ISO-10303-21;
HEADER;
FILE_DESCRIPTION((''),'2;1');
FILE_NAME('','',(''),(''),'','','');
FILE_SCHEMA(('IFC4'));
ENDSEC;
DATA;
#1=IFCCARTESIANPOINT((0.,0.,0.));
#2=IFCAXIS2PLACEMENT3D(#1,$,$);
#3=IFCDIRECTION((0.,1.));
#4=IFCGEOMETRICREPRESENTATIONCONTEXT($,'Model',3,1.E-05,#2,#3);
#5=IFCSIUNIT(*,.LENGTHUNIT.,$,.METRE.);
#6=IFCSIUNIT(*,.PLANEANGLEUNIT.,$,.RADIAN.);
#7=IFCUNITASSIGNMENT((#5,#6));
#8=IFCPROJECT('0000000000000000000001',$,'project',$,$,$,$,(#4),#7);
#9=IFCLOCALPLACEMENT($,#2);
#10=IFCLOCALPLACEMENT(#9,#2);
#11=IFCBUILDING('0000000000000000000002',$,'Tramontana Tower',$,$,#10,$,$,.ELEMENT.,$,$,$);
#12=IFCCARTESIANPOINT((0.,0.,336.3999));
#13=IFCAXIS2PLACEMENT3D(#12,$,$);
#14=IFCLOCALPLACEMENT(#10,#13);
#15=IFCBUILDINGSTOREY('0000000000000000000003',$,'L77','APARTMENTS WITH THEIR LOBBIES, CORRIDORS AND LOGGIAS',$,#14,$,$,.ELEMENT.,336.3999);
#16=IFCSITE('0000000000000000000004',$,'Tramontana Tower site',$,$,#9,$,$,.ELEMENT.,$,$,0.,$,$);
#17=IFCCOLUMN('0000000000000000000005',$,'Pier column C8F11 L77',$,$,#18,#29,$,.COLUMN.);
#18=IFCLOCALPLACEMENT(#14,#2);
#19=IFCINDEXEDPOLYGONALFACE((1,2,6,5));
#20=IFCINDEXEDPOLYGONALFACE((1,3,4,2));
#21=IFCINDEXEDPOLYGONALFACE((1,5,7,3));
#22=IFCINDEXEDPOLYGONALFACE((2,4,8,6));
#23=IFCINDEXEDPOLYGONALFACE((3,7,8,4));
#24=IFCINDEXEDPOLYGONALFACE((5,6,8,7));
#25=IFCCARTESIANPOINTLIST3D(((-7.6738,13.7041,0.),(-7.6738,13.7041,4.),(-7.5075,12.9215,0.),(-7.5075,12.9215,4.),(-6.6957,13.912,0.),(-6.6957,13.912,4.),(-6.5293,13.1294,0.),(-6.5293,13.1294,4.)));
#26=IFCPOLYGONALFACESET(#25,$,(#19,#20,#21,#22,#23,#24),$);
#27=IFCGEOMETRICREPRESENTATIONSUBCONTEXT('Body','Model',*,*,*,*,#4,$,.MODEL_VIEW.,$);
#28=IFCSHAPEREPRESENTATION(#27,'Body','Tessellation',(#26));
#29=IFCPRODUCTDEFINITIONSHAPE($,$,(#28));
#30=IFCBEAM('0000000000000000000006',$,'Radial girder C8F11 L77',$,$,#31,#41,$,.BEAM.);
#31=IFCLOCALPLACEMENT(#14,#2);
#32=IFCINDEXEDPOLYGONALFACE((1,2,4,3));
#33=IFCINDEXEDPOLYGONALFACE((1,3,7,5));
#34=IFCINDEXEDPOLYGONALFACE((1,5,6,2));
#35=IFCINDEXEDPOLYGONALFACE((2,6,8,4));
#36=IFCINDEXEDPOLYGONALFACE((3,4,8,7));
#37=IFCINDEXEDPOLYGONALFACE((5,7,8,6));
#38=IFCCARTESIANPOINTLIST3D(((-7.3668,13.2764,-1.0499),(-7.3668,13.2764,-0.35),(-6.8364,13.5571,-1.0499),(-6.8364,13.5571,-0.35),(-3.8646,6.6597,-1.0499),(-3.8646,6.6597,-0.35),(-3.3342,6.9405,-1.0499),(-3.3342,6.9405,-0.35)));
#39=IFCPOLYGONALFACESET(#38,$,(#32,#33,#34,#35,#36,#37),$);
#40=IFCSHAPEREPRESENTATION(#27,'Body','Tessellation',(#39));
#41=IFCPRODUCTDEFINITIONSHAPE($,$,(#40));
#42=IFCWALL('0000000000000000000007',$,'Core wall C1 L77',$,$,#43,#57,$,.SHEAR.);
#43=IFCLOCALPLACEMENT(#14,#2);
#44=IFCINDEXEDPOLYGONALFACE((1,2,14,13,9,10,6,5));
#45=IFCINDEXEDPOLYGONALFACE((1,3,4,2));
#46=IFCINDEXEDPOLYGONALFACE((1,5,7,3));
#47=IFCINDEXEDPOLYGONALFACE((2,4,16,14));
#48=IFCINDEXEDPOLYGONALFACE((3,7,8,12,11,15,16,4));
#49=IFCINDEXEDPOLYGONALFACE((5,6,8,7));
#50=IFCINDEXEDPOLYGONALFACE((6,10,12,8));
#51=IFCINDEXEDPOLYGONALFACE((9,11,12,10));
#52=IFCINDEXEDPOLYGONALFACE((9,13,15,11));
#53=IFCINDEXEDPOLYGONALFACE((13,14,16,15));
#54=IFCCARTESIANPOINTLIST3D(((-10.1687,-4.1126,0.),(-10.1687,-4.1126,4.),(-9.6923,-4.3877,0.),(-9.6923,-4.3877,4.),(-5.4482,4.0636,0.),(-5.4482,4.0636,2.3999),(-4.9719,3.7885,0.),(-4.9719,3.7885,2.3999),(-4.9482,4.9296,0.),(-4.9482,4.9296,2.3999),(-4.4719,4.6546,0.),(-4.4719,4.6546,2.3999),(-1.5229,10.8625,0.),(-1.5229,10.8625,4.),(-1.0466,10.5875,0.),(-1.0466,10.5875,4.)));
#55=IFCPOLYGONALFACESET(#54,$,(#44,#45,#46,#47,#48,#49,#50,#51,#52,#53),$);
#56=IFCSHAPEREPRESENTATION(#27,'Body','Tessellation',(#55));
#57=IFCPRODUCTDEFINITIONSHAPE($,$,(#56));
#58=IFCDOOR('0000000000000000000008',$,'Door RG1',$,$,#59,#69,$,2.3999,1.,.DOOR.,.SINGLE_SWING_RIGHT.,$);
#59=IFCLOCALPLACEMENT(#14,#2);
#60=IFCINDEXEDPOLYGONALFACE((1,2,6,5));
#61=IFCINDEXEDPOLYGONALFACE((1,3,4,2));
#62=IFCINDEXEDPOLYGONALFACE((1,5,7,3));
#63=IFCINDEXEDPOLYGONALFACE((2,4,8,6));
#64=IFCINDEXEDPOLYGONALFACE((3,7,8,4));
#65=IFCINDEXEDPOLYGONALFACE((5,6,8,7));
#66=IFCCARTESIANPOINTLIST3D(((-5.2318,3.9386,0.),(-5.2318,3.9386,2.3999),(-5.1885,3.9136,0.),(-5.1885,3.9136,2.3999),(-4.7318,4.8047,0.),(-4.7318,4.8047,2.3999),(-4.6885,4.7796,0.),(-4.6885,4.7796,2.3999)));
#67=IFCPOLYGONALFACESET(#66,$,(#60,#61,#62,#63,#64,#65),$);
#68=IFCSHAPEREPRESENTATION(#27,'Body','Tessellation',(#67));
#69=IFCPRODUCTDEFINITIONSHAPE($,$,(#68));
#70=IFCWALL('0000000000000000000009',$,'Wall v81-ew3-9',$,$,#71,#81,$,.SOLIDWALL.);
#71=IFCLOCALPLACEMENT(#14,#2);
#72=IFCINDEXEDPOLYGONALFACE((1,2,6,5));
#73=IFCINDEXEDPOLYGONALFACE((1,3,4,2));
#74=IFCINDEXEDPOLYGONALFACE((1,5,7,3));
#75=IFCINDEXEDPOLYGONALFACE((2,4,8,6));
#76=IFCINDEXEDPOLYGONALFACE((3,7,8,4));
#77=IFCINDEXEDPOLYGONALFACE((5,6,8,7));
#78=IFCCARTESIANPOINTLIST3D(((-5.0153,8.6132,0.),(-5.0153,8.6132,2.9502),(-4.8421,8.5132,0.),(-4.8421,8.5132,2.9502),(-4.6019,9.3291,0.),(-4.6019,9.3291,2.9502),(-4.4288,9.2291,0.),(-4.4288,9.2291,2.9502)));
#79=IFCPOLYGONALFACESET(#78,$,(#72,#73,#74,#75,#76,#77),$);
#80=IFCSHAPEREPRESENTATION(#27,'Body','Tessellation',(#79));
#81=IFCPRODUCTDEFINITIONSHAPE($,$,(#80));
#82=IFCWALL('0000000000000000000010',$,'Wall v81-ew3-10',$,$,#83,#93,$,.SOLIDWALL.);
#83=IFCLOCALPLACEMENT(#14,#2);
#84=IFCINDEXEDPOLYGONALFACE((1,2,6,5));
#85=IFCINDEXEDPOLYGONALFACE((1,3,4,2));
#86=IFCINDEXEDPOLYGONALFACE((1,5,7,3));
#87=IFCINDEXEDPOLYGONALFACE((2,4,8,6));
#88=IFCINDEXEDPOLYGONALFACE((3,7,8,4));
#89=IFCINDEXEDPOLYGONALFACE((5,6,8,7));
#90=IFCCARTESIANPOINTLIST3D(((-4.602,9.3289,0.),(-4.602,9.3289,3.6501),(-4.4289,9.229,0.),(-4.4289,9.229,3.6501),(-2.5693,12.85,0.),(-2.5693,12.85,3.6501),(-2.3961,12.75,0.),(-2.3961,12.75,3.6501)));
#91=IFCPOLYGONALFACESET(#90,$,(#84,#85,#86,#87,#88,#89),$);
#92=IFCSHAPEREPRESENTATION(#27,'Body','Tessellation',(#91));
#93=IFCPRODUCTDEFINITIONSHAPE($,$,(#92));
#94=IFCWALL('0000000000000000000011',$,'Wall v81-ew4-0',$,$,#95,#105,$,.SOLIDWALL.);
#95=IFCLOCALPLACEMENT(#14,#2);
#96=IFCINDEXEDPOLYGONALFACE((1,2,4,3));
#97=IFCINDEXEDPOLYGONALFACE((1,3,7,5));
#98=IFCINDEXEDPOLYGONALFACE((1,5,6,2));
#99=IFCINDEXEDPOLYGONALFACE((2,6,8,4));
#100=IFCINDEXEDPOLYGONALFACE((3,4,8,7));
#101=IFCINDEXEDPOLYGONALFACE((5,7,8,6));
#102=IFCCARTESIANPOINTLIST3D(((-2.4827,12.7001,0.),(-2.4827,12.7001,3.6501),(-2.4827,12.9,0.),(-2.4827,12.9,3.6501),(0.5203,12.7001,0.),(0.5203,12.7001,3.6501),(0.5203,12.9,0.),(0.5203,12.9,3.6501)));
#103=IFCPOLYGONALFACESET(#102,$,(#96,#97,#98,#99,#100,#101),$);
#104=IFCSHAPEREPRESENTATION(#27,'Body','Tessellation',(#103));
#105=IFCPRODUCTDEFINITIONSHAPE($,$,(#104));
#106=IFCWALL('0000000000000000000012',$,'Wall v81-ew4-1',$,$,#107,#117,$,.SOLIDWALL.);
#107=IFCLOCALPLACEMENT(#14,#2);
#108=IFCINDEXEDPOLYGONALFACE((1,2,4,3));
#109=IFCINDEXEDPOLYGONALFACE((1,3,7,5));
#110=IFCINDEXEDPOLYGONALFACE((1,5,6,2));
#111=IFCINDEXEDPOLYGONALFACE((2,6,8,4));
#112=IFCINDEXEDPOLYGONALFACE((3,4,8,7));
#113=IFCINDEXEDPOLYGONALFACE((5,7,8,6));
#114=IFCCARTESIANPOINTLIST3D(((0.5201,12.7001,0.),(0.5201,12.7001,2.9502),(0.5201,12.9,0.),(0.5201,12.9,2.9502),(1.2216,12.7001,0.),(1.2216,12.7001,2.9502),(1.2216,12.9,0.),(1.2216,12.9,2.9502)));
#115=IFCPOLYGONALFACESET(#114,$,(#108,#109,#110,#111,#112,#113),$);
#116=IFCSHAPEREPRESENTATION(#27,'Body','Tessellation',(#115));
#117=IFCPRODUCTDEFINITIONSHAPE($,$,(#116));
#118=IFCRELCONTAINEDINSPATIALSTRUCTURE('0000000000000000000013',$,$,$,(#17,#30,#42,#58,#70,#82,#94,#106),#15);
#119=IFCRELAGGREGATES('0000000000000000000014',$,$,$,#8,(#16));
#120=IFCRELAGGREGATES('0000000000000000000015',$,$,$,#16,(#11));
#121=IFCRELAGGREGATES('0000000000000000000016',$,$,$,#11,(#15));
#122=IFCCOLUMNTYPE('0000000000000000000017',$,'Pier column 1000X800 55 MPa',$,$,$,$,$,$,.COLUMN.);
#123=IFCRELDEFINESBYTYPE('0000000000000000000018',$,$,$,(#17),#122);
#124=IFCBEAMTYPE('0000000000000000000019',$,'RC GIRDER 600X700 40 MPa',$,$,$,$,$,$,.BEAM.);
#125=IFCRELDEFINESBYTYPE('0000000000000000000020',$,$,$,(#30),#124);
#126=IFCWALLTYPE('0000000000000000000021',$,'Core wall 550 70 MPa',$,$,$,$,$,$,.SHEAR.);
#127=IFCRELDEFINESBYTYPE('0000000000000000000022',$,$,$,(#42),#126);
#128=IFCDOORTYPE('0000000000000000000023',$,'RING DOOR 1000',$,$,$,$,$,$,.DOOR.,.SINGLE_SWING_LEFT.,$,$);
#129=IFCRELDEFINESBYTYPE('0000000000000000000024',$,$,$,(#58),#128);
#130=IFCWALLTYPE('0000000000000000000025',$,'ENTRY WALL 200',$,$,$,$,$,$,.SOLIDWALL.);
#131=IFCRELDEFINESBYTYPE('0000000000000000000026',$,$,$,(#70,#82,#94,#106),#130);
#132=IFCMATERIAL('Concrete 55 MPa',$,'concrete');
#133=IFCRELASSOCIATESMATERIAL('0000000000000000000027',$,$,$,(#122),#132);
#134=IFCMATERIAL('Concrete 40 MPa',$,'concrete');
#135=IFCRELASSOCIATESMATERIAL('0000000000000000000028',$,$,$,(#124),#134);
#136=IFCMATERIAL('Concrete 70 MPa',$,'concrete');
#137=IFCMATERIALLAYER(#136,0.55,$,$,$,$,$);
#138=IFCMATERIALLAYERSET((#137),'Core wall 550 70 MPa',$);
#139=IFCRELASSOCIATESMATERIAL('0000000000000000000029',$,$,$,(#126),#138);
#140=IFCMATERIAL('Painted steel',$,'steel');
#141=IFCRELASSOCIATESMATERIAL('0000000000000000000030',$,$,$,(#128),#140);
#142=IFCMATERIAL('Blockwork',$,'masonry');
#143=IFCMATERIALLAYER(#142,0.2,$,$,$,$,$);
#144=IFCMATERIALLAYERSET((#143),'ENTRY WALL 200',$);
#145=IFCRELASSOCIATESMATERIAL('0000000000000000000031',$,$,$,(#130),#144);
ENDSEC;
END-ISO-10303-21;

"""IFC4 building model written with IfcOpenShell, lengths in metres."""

from ifc_helpers import new_model, si_unit, direction, frame, frame_2d, origin, origin_2d, place, context, subcontext, project, spatial, rectangle, extrude, material, layer, layer_set, material_profile, profile_set, type_object, element, fill, save


model = new_model("IFC4")

# Units and contexts
model_context = context("Model", 3, precision=1e-05, world=origin(), true_north=direction((0.0, 1.0)))
body_context = subcontext(model_context, "Body", "Model", "MODEL_VIEW")
ifc_project = project(units=[si_unit("LENGTHUNIT", "METRE"), si_unit("PLANEANGLEUNIT", "RADIAN")], contexts=[model_context])

# Site, building, storey
site_placement = place(None, origin())
site = spatial("IfcSite", under=ifc_project, at=site_placement, Name="Tramontana Tower site", CompositionType="ELEMENT", RefElevation=0.0)
building_placement = place(site_placement, origin())
building = spatial("IfcBuilding", under=site, at=building_placement, Name="Tramontana Tower", CompositionType="ELEMENT")
storey_placement = place(building_placement, frame((0.0, 0.0, 336.3999)))
storey = spatial("IfcBuildingStorey", under=building, at=storey_placement, Name="L77", Description="APARTMENTS WITH THEIR LOBBIES, CORRIDORS AND LOGGIAS", CompositionType="ELEMENT", Elevation=336.3999)

# Column
ifc_material_1 = material(Name="Concrete 55 MPa", Category="concrete")
ifc_material_profile_1 = material_profile(ifc_material_1, rectangle(XDim=1.0, YDim=0.8, at=origin_2d()), Name="Pier column 1000X800 55 MPa")
ifc_profile_set_1 = profile_set([ifc_material_profile_1], Name="Concrete 55 MPa")
column_type = type_object("IfcColumnType", Name="Pier column 1000X800 55 MPa", PredefinedType="COLUMN", material=ifc_profile_set_1)
column_placement = place(storey_placement, frame((-7.1016, 13.4167, 0.0), z_axis=(0.0, 0.0, 1.0), x_axis=(-0.978148, -0.207912, 0.0)))
element("IfcColumn", 1, at=column_placement, inside=storey, type_object=column_type, Name="Pier column C8F11 L77", PredefinedType="COLUMN", context=body_context, shape_type="SweptSolid", body=[
    extrude(rectangle(XDim=1.0, YDim=0.8, at=origin_2d()), origin(), (0.0, 0.0, 1.0), 4.0),
])

# Beam
ifc_material_2 = material(Name="Concrete 40 MPa", Category="concrete")
ifc_material_profile_2 = material_profile(ifc_material_2, rectangle(XDim=0.6001, YDim=0.7, at=origin_2d()), Name="RC GIRDER 600X700 40 MPa")
ifc_profile_set_2 = profile_set([ifc_material_profile_2], Name="Concrete 40 MPa")
beam_type = type_object("IfcBeamType", Name="RC GIRDER 600X700 40 MPa", PredefinedType="BEAM", material=ifc_profile_set_2)
beam_placement = place(storey_placement, frame((-7.1016, 13.4167, -0.7), z_axis=(0.467808, -0.88383, 0.0), x_axis=(0.88383, 0.467808, 0.0)))
element("IfcBeam", 2, at=beam_placement, inside=storey, type_object=beam_type, Name="Radial girder C8F11 L77", PredefinedType="BEAM", context=body_context, shape_type="SweptSolid", body=[
    extrude(rectangle(XDim=0.6001, YDim=0.7, at=origin_2d()), origin(), (0.0, 0.0, 1.0), 7.4863),
])

# Wall, opening, door
ifc_material_3 = material(Name="Concrete 70 MPa", Category="concrete")
ifc_layer_1 = layer(ifc_material_3, 0.55)
ifc_layer_set_1 = layer_set([ifc_layer_1], Name="Core wall 550 70 MPa")
wall_type_1 = type_object("IfcWallType", Name="Core wall 550 70 MPa", PredefinedType="SHEAR", material=ifc_layer_set_1)
wall_1_placement = place(storey_placement, frame((-1.2847, 10.7251, 0.0), z_axis=(0.0, 0.0, 1.0), x_axis=(-0.499995, -0.866029, 0.0)))
wall_1 = element("IfcWall", 3, at=wall_1_placement, inside=storey, type_object=wall_type_1, Name="Core wall C1 L77", PredefinedType="SHEAR", context=body_context, shape_type="SweptSolid", body=[
    extrude(rectangle(XDim=17.2917, YDim=0.55, at=frame_2d((8.646, 0.0))), origin(), (0.0, 0.0, 1.0), 4.0),
])
opening_1_placement = place(wall_1_placement, frame((6.8508, 0.0, 0.0)))
opening_1 = element("IfcOpeningElement", 4, at=opening_1_placement, cuts=wall_1, PredefinedType="OPENING", context=body_context, shape_type="SweptSolid", body=[
    extrude(rectangle(XDim=1.0, YDim=2.3999, at=frame_2d((0.5, 1.2))), frame((0.0, 0.2849, 0.0), z_axis=(0.0, -1.0, 0.0), x_axis=(1.0, 0.0, 0.0)), (0.0, 0.0, 1.0), 0.5701),
])
ifc_material_4 = material(Name="Painted steel", Category="steel")
door_type_1 = type_object("IfcDoorType", Name="RING DOOR 1000", OperationType="SINGLE_SWING_LEFT", PredefinedType="DOOR", material=ifc_material_4)
door_1_placement = place(opening_1_placement, origin())
door_1 = element("IfcDoor", 5, at=door_1_placement, inside=storey, type_object=door_type_1, Name="Door RG1", OperationType="SINGLE_SWING_RIGHT", OverallHeight=2.3999, OverallWidth=1.0, PredefinedType="DOOR", context=body_context, shape_type="SweptSolid", body=[
    extrude(rectangle(XDim=1.0, YDim=2.3999, at=frame_2d((0.5, 1.2))), frame((0.0, 0.0249, 0.0), z_axis=(0.0, -1.0, 0.0), x_axis=(1.0, 0.0, 0.0)), (0.0, 0.0, 1.0), 0.05),
])
fill(opening_1, door_1)

# Walls
ifc_material_5 = material(Name="Blockwork", Category="masonry")
ifc_layer_2 = layer(ifc_material_5, 0.2)
ifc_layer_set_2 = layer_set([ifc_layer_2], Name="ENTRY WALL 200")
wall_type_2 = type_object("IfcWallType", Name="ENTRY WALL 200", PredefinedType="SOLIDWALL", material=ifc_layer_set_2)
wall_2_placement = place(storey_placement, frame((-4.9287, 8.5632, 0.0), z_axis=(0.0, 0.0, 1.0), x_axis=(0.500046, 0.865999, 0.0)))
element("IfcWall", 6, at=wall_2_placement, inside=storey, type_object=wall_type_2, Name="Wall v81-ew3-9", PredefinedType="SOLIDWALL", context=body_context, shape_type="SweptSolid", body=[
    extrude(rectangle(XDim=0.8267, YDim=0.2, at=frame_2d((0.4133, 0.0))), origin(), (0.0, 0.0, 1.0), 2.9502),
])
wall_3_placement = place(storey_placement, frame((-4.5154, 9.2791, 0.0), z_axis=(0.0, 0.0, 1.0), x_axis=(0.499975, 0.86604, 0.0)))
element("IfcWall", 7, at=wall_3_placement, inside=storey, type_object=wall_type_2, Name="Wall v81-ew3-10", PredefinedType="SOLIDWALL", context=body_context, shape_type="SweptSolid", body=[
    extrude(rectangle(XDim=4.0657, YDim=0.2, at=frame_2d((2.0327, 0.0))), origin(), (0.0, 0.0, 1.0), 3.6501),
])
wall_4_placement = place(storey_placement, frame((-2.4827, 12.8, 0.0), z_axis=(0.0, 0.0, 1.0), x_axis=(1.0, 0.0, 0.0)))
element("IfcWall", 8, at=wall_4_placement, inside=storey, type_object=wall_type_2, Name="Wall v81-ew4-0", PredefinedType="SOLIDWALL", context=body_context, shape_type="SweptSolid", body=[
    extrude(rectangle(XDim=3.0029, YDim=0.2, at=frame_2d((1.5015, 0.0))), origin(), (0.0, 0.0, 1.0), 3.6501),
])
wall_5_placement = place(storey_placement, frame((0.5203, 12.8, 0.0), z_axis=(0.0, 0.0, 1.0), x_axis=(1.0, 0.0, 0.0)))
element("IfcWall", 9, at=wall_5_placement, inside=storey, type_object=wall_type_2, Name="Wall v81-ew4-1", PredefinedType="SOLIDWALL", context=body_context, shape_type="SweptSolid", body=[
    extrude(rectangle(XDim=0.7014, YDim=0.2, at=frame_2d((0.3506, 0.0))), origin(), (0.0, 0.0, 1.0), 2.9502),
])

save(model, "model.ifc")
